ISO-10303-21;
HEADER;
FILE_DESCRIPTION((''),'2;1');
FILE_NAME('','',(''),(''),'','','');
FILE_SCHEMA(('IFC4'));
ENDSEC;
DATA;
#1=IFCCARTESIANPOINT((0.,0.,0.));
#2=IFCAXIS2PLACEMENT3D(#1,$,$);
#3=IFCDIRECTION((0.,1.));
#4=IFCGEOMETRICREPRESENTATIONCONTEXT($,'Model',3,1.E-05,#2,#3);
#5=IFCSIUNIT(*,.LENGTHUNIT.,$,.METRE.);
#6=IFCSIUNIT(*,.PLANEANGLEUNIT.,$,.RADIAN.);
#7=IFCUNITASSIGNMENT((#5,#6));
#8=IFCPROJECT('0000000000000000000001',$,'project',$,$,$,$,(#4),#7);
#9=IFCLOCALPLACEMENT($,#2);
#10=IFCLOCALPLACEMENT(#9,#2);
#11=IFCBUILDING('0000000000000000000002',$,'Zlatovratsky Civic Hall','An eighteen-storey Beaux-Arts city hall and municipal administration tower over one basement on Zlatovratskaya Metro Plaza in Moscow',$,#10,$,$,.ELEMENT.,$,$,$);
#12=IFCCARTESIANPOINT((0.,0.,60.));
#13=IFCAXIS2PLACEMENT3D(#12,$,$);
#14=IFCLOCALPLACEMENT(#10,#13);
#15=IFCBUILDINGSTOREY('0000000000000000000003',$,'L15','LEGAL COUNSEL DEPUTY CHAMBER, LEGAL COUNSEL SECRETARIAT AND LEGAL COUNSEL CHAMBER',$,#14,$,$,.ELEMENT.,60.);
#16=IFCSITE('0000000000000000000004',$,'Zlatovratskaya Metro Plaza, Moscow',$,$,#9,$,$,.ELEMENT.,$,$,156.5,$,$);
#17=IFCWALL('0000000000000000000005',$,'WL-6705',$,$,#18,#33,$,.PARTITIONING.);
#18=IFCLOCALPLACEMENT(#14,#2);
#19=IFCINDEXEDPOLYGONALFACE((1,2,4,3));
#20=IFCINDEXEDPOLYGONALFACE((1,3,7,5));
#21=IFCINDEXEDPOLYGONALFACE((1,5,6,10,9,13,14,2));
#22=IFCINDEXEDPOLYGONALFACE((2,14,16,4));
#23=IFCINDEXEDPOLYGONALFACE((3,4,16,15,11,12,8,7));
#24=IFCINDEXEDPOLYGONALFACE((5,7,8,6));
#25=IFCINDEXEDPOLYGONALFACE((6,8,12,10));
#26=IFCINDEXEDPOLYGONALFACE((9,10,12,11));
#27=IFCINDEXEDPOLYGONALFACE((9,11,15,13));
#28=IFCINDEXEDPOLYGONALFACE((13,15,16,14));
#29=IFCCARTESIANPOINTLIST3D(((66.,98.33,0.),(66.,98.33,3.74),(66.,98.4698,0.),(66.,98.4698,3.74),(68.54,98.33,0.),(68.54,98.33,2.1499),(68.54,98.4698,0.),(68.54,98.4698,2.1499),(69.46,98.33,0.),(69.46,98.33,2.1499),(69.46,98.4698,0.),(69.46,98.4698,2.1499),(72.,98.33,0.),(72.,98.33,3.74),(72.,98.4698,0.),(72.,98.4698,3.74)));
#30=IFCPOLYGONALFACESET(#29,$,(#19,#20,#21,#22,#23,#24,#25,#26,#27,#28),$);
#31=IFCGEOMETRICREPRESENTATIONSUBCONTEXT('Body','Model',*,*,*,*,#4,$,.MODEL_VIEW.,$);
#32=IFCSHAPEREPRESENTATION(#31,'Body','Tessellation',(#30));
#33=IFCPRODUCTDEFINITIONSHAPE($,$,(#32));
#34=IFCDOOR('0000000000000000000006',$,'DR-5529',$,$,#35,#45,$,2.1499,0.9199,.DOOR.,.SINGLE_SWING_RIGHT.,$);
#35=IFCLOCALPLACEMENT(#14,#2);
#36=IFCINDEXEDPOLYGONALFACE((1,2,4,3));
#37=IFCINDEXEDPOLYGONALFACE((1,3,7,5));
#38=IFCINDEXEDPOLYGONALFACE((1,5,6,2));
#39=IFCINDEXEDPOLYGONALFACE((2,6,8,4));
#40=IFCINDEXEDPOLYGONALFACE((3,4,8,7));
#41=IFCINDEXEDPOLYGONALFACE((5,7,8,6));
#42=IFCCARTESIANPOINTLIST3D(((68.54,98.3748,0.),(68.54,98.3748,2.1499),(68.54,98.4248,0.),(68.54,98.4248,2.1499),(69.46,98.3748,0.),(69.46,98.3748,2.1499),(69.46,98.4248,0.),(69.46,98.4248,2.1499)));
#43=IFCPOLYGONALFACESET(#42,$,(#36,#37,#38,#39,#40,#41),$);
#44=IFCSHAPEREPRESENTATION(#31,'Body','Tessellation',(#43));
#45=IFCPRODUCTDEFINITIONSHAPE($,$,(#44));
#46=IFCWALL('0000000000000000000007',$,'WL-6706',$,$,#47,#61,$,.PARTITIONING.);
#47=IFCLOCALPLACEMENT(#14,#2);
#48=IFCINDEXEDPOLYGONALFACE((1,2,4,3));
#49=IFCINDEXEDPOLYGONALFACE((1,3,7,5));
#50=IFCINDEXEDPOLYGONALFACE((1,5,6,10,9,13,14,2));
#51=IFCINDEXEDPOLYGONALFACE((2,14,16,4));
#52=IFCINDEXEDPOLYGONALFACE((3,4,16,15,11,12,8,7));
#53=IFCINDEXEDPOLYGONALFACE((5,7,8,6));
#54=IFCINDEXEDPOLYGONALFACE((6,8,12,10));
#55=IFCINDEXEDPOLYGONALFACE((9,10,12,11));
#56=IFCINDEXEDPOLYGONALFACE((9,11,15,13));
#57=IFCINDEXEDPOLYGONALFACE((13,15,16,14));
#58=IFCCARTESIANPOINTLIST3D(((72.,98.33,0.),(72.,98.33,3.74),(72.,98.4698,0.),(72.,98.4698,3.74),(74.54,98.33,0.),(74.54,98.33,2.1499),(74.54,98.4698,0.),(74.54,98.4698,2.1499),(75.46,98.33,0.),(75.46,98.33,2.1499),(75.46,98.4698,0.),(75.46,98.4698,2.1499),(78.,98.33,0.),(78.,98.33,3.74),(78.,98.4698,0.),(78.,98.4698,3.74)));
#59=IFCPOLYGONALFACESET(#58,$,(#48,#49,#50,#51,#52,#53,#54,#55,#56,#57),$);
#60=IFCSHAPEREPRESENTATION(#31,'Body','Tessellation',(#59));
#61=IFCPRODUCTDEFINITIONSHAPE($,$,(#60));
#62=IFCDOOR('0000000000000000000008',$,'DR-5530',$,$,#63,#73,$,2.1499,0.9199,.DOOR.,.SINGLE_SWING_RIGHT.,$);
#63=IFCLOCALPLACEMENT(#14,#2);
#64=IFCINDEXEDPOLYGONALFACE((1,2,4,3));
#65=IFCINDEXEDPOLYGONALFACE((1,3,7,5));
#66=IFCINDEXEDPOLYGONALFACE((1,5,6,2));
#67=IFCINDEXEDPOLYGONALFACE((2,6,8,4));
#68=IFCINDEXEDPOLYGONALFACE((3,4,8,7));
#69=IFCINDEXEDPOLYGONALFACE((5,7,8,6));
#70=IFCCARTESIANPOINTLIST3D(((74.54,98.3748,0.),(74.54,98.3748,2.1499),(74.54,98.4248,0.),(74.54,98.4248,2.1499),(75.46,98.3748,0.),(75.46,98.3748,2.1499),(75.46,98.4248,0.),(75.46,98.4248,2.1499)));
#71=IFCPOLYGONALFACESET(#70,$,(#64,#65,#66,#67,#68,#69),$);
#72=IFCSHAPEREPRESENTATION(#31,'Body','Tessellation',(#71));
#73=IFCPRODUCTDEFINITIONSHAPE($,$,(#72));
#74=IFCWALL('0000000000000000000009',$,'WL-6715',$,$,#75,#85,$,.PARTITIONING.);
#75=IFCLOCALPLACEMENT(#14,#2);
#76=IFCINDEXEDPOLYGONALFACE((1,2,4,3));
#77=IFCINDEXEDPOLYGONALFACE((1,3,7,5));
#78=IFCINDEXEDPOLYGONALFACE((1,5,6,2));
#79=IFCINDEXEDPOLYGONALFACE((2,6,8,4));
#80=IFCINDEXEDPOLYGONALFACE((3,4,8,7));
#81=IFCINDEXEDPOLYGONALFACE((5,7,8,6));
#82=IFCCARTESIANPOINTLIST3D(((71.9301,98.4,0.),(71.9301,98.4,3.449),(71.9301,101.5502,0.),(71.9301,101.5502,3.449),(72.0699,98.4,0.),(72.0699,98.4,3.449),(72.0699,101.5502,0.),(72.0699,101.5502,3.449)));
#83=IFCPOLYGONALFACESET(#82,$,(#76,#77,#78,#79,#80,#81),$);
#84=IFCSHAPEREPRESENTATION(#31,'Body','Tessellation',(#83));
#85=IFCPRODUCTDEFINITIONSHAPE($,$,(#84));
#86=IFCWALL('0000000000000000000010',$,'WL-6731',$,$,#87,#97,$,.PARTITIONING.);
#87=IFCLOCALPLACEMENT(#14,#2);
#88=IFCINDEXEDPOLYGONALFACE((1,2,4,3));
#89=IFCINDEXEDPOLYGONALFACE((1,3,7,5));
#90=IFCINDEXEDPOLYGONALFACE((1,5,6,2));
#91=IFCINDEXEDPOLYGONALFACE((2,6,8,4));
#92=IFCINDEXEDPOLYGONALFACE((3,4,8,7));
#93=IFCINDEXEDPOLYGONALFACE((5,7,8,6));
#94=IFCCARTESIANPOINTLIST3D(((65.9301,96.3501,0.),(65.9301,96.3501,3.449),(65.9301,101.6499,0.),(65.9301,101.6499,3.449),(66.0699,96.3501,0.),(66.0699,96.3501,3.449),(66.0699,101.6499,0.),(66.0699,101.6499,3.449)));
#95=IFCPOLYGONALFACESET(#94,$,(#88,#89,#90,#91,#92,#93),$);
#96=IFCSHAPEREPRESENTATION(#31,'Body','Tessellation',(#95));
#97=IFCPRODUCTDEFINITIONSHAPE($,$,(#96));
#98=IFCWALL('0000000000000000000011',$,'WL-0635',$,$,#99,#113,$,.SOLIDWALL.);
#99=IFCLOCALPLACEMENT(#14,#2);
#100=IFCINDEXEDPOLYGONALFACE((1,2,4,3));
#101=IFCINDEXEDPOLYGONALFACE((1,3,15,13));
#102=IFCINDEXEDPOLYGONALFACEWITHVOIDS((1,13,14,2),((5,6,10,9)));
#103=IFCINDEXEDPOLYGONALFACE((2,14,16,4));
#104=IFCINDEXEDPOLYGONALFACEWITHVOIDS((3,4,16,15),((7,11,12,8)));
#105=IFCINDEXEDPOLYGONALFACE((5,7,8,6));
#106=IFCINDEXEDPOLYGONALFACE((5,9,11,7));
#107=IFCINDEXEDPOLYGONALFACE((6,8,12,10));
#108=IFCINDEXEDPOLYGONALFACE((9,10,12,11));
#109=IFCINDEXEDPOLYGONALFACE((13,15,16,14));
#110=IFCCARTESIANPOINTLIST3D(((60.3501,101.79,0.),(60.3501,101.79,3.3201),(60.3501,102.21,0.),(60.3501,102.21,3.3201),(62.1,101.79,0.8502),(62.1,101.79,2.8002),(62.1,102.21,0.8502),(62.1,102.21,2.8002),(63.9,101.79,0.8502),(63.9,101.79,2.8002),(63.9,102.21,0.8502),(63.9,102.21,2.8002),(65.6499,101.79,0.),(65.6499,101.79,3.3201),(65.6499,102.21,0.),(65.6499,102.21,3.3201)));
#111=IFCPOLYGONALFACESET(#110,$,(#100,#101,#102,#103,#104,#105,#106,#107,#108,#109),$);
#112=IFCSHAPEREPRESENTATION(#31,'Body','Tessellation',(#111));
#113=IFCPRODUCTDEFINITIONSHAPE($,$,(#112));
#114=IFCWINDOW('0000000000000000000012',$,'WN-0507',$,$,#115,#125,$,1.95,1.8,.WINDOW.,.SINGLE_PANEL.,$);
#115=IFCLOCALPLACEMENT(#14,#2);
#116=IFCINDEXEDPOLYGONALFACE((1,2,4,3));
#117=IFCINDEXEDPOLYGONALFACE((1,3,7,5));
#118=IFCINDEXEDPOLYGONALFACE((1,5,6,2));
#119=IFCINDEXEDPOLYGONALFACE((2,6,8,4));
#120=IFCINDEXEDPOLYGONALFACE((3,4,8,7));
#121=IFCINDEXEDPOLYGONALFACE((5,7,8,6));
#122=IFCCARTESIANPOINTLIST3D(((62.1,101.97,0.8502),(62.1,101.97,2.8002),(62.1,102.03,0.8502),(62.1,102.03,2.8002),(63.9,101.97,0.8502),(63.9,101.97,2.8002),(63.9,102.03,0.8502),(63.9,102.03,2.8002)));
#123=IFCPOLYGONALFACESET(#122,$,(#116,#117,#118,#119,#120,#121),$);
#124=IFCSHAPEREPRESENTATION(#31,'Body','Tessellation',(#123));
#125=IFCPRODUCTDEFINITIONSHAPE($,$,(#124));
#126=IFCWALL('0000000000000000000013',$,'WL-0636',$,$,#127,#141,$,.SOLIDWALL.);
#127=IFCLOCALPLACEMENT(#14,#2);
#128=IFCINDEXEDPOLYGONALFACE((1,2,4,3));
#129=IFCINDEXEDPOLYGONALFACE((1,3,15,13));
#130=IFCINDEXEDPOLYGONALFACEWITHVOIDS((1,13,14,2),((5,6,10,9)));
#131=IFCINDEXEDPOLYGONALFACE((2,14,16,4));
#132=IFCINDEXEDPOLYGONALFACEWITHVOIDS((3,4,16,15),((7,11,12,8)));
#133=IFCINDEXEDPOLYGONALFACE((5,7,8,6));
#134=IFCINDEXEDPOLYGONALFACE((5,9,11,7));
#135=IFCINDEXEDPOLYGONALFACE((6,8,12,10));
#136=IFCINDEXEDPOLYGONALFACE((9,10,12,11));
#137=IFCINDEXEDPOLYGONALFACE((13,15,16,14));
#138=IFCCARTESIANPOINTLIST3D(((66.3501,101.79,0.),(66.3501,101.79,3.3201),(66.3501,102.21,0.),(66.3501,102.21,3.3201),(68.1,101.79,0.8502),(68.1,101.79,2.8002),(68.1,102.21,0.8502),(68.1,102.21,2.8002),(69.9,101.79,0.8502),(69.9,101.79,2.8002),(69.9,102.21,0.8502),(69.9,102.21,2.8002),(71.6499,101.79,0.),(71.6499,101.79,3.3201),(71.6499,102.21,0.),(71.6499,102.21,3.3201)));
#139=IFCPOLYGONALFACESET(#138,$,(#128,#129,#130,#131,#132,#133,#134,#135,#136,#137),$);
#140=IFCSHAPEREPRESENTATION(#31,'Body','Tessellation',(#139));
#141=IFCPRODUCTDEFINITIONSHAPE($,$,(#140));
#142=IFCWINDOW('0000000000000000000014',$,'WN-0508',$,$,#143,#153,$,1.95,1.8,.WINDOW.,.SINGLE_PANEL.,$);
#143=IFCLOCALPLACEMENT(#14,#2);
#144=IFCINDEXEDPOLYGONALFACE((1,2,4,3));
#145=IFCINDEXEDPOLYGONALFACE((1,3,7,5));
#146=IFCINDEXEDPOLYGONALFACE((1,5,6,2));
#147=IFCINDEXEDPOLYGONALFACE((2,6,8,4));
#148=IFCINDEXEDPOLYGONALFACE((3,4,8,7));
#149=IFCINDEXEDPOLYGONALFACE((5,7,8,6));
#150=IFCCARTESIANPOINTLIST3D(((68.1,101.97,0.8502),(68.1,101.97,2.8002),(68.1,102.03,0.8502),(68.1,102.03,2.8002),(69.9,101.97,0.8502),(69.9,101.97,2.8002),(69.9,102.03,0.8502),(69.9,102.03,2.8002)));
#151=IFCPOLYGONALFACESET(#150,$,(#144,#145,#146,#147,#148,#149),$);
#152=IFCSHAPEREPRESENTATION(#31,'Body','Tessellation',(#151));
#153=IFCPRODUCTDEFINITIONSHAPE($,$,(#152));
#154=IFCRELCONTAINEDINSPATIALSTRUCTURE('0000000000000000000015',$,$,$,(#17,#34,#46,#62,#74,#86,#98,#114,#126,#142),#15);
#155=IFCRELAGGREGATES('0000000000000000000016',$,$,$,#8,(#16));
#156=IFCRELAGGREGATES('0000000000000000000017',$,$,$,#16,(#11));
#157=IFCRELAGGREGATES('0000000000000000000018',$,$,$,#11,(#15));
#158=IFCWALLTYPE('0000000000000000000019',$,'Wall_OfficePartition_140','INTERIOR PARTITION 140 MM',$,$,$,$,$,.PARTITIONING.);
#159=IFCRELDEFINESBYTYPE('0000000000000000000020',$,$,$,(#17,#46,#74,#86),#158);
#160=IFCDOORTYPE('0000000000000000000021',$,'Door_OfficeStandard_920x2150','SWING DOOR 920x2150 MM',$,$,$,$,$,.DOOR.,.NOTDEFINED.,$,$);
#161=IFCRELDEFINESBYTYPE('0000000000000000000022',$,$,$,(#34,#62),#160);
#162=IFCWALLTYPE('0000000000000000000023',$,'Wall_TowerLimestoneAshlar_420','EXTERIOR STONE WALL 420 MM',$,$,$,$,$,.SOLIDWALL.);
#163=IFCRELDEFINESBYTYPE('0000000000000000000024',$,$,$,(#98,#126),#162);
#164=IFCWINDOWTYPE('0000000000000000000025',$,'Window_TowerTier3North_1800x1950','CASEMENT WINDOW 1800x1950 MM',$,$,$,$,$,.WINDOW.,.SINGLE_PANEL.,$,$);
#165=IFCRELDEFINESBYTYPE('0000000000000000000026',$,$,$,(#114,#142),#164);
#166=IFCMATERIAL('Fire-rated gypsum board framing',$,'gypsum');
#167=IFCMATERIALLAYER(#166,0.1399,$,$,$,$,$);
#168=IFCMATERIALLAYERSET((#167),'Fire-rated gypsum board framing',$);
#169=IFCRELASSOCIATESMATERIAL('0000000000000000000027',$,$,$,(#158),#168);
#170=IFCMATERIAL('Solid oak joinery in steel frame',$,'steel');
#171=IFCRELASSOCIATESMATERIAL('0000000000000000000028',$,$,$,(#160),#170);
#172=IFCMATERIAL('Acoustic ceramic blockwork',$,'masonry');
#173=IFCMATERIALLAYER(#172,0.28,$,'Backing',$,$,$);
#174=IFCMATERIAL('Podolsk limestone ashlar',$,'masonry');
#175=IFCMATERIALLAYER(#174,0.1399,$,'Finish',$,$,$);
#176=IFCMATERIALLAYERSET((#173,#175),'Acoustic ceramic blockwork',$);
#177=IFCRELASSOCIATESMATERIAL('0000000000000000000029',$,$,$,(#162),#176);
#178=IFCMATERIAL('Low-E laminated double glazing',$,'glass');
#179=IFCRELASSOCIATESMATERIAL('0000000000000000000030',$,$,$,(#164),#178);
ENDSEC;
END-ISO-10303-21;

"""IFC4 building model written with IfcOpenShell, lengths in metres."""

from ifc_helpers import new_model, si_unit, direction, frame, frame_2d, origin, place, context, subcontext, project, spatial, rectangle, extrude, material, layer, layer_set, type_object, element, fill, save


model = new_model("IFC4")

# Units and contexts
model_context = context("Model", 3, precision=1e-05, world=origin(), true_north=direction((0.0, 1.0)))
body_context = subcontext(model_context, "Body", "Model", "MODEL_VIEW")
ifc_project = project(units=[si_unit("LENGTHUNIT", "METRE"), si_unit("PLANEANGLEUNIT", "RADIAN")], contexts=[model_context])

# Site, building, storey
site_placement = place(None, origin())
site = spatial("IfcSite", under=ifc_project, at=site_placement, Name="Zlatovratskaya Metro Plaza, Moscow", CompositionType="ELEMENT", RefElevation=156.5)
building_placement = place(site_placement, origin())
building = spatial("IfcBuilding", under=site, at=building_placement, Name="Zlatovratsky Civic Hall", Description="An eighteen-storey Beaux-Arts city hall and municipal administration tower over one basement on Zlatovratskaya Metro Plaza in Moscow", CompositionType="ELEMENT")
storey_placement = place(building_placement, frame((0.0, 0.0, 60.0)))
storey = spatial("IfcBuildingStorey", under=building, at=storey_placement, Name="L15", Description="LEGAL COUNSEL DEPUTY CHAMBER, LEGAL COUNSEL SECRETARIAT AND LEGAL COUNSEL CHAMBER", CompositionType="ELEMENT", Elevation=60.0)

# Walls, openings, doors
ifc_material_1 = material(Name="Fire-rated gypsum board framing", Category="gypsum")
ifc_layer_1 = layer(ifc_material_1, 0.1399)
ifc_layer_set_1 = layer_set([ifc_layer_1], Name="Fire-rated gypsum board framing")
wall_type_1 = type_object("IfcWallType", Name="Wall_OfficePartition_140", Description="INTERIOR PARTITION 140 MM", PredefinedType="PARTITIONING", material=ifc_layer_set_1)
wall_1_placement = place(storey_placement, frame((66.0, 98.3999, 0.0), z_axis=(0.0, 0.0, 1.0), x_axis=(1.0, 0.0, 0.0)))
wall_1 = element("IfcWall", 1, at=wall_1_placement, inside=storey, type_object=wall_type_1, Name="WL-6705", PredefinedType="PARTITIONING", context=body_context, shape_type="SweptSolid", body=[
    extrude(rectangle(XDim=6.0, YDim=0.1399, at=frame_2d((3.0, 0.0))), origin(), (0.0, 0.0, 1.0), 3.74),
])
opening_1_placement = place(wall_1_placement, frame((2.54, 0.0, 0.0)))
opening_1 = element("IfcOpeningElement", 2, at=opening_1_placement, cuts=wall_1, PredefinedType="OPENING", context=body_context, shape_type="SweptSolid", body=[
    extrude(rectangle(XDim=0.9199, YDim=2.1499, at=frame_2d((0.46, 1.075))), frame((0.0, 0.085, 0.0), z_axis=(0.0, -1.0, 0.0), x_axis=(1.0, 0.0, 0.0)), (0.0, 0.0, 1.0), 0.1697),
])
ifc_material_2 = material(Name="Solid oak joinery in steel frame", Category="steel")
door_type = type_object("IfcDoorType", Name="Door_OfficeStandard_920x2150", Description="SWING DOOR 920x2150 MM", OperationType="NOTDEFINED", PredefinedType="DOOR", material=ifc_material_2)
door_1_placement = place(opening_1_placement, origin())
door_1 = element("IfcDoor", 3, at=door_1_placement, inside=storey, type_object=door_type, Name="DR-5529", OperationType="SINGLE_SWING_RIGHT", OverallHeight=2.1499, OverallWidth=0.9199, PredefinedType="DOOR", context=body_context, shape_type="SweptSolid", body=[
    extrude(rectangle(XDim=0.9199, YDim=2.1499, at=frame_2d((0.46, 1.075))), frame((0.0, 0.0249, 0.0), z_axis=(0.0, -1.0, 0.0), x_axis=(1.0, 0.0, 0.0)), (0.0, 0.0, 1.0), 0.05),
])
fill(opening_1, door_1)
wall_2_placement = place(storey_placement, frame((72.0, 98.3999, 0.0), z_axis=(0.0, 0.0, 1.0), x_axis=(1.0, 0.0, 0.0)))
wall_2 = element("IfcWall", 4, at=wall_2_placement, inside=storey, type_object=wall_type_1, Name="WL-6706", PredefinedType="PARTITIONING", context=body_context, shape_type="SweptSolid", body=[
    extrude(rectangle(XDim=6.0, YDim=0.1399, at=frame_2d((3.0, 0.0))), origin(), (0.0, 0.0, 1.0), 3.74),
])
opening_2_placement = place(wall_2_placement, frame((2.54, 0.0, 0.0)))
opening_2 = element("IfcOpeningElement", 5, at=opening_2_placement, cuts=wall_2, PredefinedType="OPENING", context=body_context, shape_type="SweptSolid", body=[
    extrude(rectangle(XDim=0.9199, YDim=2.1499, at=frame_2d((0.46, 1.075))), frame((0.0, 0.085, 0.0), z_axis=(0.0, -1.0, 0.0), x_axis=(1.0, 0.0, 0.0)), (0.0, 0.0, 1.0), 0.1697),
])
door_2_placement = place(opening_2_placement, origin())
door_2 = element("IfcDoor", 6, at=door_2_placement, inside=storey, type_object=door_type, Name="DR-5530", OperationType="SINGLE_SWING_RIGHT", OverallHeight=2.1499, OverallWidth=0.9199, PredefinedType="DOOR", context=body_context, shape_type="SweptSolid", body=[
    extrude(rectangle(XDim=0.9199, YDim=2.1499, at=frame_2d((0.46, 1.075))), frame((0.0, 0.0249, 0.0), z_axis=(0.0, -1.0, 0.0), x_axis=(1.0, 0.0, 0.0)), (0.0, 0.0, 1.0), 0.05),
])
fill(opening_2, door_2)

# Walls
wall_3_placement = place(storey_placement, frame((72.0, 98.3999, 0.0), z_axis=(0.0, 0.0, 1.0), x_axis=(0.0, 1.0, 0.0)))
element("IfcWall", 7, at=wall_3_placement, inside=storey, type_object=wall_type_1, Name="WL-6715", PredefinedType="PARTITIONING", context=body_context, shape_type="SweptSolid", body=[
    extrude(rectangle(XDim=3.1501, YDim=0.1399, at=frame_2d((1.5752, 0.0))), origin(), (0.0, 0.0, 1.0), 3.449),
])
wall_4_placement = place(storey_placement, frame((66.0, 96.3501, 0.0), z_axis=(0.0, 0.0, 1.0), x_axis=(0.0, 1.0, 0.0)))
element("IfcWall", 8, at=wall_4_placement, inside=storey, type_object=wall_type_1, Name="WL-6731", PredefinedType="PARTITIONING", context=body_context, shape_type="SweptSolid", body=[
    extrude(rectangle(XDim=5.2998, YDim=0.1399, at=frame_2d((2.6499, 0.0))), origin(), (0.0, 0.0, 1.0), 3.449),
])

# Walls, openings, windows
ifc_material_3 = material(Name="Acoustic ceramic blockwork", Category="masonry")
ifc_layer_2 = layer(ifc_material_3, 0.28, Name="Backing")
ifc_material_4 = material(Name="Podolsk limestone ashlar", Category="masonry")
ifc_layer_3 = layer(ifc_material_4, 0.1399, Name="Finish")
ifc_layer_set_2 = layer_set([ifc_layer_2, ifc_layer_3], Name="Acoustic ceramic blockwork")
wall_type_2 = type_object("IfcWallType", Name="Wall_TowerLimestoneAshlar_420", Description="EXTERIOR STONE WALL 420 MM", PredefinedType="SOLIDWALL", material=ifc_layer_set_2)
wall_5_placement = place(storey_placement, frame((60.3501, 102.0, 0.0), z_axis=(0.0, 0.0, 1.0), x_axis=(1.0, 0.0, 0.0)))
wall_5 = element("IfcWall", 9, at=wall_5_placement, inside=storey, type_object=wall_type_2, Name="WL-0635", PredefinedType="SOLIDWALL", context=body_context, shape_type="SweptSolid", body=[
    extrude(rectangle(XDim=5.2998, YDim=0.4199, at=frame_2d((2.6499, 0.0))), origin(), (0.0, 0.0, 1.0), 3.3201),
])
opening_3_placement = place(wall_5_placement, frame((1.75, 0.0, 0.8501)))
opening_3 = element("IfcOpeningElement", 10, at=opening_3_placement, cuts=wall_5, PredefinedType="OPENING", context=body_context, shape_type="SweptSolid", body=[
    extrude(rectangle(XDim=1.8, YDim=1.95, at=frame_2d((0.8999, 0.9751))), frame((0.0, 0.2249, 0.0), z_axis=(0.0, -1.0, 0.0), x_axis=(1.0, 0.0, 0.0)), (0.0, 0.0, 1.0), 0.4497),
])
ifc_material_5 = material(Name="Low-E laminated double glazing", Category="glass")
window_type_1 = type_object("IfcWindowType", Name="Window_TowerTier3North_1800x1950", Description="CASEMENT WINDOW 1800x1950 MM", PartitioningType="SINGLE_PANEL", PredefinedType="WINDOW", material=ifc_material_5)
window_1_placement = place(opening_3_placement, origin())
window_1 = element("IfcWindow", 11, at=window_1_placement, inside=storey, type_object=window_type_1, Name="WN-0507", OverallHeight=1.95, OverallWidth=1.8, PartitioningType="SINGLE_PANEL", PredefinedType="WINDOW", context=body_context, shape_type="SweptSolid", body=[
    extrude(rectangle(XDim=1.8, YDim=1.95, at=frame_2d((0.8999, 0.9751))), frame((0.0, 0.03, 0.0), z_axis=(0.0, -1.0, 0.0), x_axis=(1.0, 0.0, 0.0)), (0.0, 0.0, 1.0), 0.0601),
])
fill(opening_3, window_1)
wall_6_placement = place(storey_placement, frame((66.3501, 102.0, 0.0), z_axis=(0.0, 0.0, 1.0), x_axis=(1.0, 0.0, 0.0)))
wall_6 = element("IfcWall", 12, at=wall_6_placement, inside=storey, type_object=wall_type_2, Name="WL-0636", PredefinedType="SOLIDWALL", context=body_context, shape_type="SweptSolid", body=[
    extrude(rectangle(XDim=5.2998, YDim=0.4199, at=frame_2d((2.6499, 0.0))), origin(), (0.0, 0.0, 1.0), 3.3201),
])
opening_4_placement = place(wall_6_placement, frame((1.75, 0.0, 0.8501)))
opening_4 = element("IfcOpeningElement", 13, at=opening_4_placement, cuts=wall_6, PredefinedType="OPENING", context=body_context, shape_type="SweptSolid", body=[
    extrude(rectangle(XDim=1.8, YDim=1.95, at=frame_2d((0.8999, 0.9751))), frame((0.0, 0.2249, 0.0), z_axis=(0.0, -1.0, 0.0), x_axis=(1.0, 0.0, 0.0)), (0.0, 0.0, 1.0), 0.4497),
])
window_2_placement = place(opening_4_placement, origin())
window_2 = element("IfcWindow", 14, at=window_2_placement, inside=storey, type_object=window_type_1, Name="WN-0508", OverallHeight=1.95, OverallWidth=1.8, PartitioningType="SINGLE_PANEL", PredefinedType="WINDOW", context=body_context, shape_type="SweptSolid", body=[
    extrude(rectangle(XDim=1.8, YDim=1.95, at=frame_2d((0.8999, 0.9751))), frame((0.0, 0.03, 0.0), z_axis=(0.0, -1.0, 0.0), x_axis=(1.0, 0.0, 0.0)), (0.0, 0.0, 1.0), 0.0601),
])
fill(opening_4, window_2)

save(model, "model.ifc")
